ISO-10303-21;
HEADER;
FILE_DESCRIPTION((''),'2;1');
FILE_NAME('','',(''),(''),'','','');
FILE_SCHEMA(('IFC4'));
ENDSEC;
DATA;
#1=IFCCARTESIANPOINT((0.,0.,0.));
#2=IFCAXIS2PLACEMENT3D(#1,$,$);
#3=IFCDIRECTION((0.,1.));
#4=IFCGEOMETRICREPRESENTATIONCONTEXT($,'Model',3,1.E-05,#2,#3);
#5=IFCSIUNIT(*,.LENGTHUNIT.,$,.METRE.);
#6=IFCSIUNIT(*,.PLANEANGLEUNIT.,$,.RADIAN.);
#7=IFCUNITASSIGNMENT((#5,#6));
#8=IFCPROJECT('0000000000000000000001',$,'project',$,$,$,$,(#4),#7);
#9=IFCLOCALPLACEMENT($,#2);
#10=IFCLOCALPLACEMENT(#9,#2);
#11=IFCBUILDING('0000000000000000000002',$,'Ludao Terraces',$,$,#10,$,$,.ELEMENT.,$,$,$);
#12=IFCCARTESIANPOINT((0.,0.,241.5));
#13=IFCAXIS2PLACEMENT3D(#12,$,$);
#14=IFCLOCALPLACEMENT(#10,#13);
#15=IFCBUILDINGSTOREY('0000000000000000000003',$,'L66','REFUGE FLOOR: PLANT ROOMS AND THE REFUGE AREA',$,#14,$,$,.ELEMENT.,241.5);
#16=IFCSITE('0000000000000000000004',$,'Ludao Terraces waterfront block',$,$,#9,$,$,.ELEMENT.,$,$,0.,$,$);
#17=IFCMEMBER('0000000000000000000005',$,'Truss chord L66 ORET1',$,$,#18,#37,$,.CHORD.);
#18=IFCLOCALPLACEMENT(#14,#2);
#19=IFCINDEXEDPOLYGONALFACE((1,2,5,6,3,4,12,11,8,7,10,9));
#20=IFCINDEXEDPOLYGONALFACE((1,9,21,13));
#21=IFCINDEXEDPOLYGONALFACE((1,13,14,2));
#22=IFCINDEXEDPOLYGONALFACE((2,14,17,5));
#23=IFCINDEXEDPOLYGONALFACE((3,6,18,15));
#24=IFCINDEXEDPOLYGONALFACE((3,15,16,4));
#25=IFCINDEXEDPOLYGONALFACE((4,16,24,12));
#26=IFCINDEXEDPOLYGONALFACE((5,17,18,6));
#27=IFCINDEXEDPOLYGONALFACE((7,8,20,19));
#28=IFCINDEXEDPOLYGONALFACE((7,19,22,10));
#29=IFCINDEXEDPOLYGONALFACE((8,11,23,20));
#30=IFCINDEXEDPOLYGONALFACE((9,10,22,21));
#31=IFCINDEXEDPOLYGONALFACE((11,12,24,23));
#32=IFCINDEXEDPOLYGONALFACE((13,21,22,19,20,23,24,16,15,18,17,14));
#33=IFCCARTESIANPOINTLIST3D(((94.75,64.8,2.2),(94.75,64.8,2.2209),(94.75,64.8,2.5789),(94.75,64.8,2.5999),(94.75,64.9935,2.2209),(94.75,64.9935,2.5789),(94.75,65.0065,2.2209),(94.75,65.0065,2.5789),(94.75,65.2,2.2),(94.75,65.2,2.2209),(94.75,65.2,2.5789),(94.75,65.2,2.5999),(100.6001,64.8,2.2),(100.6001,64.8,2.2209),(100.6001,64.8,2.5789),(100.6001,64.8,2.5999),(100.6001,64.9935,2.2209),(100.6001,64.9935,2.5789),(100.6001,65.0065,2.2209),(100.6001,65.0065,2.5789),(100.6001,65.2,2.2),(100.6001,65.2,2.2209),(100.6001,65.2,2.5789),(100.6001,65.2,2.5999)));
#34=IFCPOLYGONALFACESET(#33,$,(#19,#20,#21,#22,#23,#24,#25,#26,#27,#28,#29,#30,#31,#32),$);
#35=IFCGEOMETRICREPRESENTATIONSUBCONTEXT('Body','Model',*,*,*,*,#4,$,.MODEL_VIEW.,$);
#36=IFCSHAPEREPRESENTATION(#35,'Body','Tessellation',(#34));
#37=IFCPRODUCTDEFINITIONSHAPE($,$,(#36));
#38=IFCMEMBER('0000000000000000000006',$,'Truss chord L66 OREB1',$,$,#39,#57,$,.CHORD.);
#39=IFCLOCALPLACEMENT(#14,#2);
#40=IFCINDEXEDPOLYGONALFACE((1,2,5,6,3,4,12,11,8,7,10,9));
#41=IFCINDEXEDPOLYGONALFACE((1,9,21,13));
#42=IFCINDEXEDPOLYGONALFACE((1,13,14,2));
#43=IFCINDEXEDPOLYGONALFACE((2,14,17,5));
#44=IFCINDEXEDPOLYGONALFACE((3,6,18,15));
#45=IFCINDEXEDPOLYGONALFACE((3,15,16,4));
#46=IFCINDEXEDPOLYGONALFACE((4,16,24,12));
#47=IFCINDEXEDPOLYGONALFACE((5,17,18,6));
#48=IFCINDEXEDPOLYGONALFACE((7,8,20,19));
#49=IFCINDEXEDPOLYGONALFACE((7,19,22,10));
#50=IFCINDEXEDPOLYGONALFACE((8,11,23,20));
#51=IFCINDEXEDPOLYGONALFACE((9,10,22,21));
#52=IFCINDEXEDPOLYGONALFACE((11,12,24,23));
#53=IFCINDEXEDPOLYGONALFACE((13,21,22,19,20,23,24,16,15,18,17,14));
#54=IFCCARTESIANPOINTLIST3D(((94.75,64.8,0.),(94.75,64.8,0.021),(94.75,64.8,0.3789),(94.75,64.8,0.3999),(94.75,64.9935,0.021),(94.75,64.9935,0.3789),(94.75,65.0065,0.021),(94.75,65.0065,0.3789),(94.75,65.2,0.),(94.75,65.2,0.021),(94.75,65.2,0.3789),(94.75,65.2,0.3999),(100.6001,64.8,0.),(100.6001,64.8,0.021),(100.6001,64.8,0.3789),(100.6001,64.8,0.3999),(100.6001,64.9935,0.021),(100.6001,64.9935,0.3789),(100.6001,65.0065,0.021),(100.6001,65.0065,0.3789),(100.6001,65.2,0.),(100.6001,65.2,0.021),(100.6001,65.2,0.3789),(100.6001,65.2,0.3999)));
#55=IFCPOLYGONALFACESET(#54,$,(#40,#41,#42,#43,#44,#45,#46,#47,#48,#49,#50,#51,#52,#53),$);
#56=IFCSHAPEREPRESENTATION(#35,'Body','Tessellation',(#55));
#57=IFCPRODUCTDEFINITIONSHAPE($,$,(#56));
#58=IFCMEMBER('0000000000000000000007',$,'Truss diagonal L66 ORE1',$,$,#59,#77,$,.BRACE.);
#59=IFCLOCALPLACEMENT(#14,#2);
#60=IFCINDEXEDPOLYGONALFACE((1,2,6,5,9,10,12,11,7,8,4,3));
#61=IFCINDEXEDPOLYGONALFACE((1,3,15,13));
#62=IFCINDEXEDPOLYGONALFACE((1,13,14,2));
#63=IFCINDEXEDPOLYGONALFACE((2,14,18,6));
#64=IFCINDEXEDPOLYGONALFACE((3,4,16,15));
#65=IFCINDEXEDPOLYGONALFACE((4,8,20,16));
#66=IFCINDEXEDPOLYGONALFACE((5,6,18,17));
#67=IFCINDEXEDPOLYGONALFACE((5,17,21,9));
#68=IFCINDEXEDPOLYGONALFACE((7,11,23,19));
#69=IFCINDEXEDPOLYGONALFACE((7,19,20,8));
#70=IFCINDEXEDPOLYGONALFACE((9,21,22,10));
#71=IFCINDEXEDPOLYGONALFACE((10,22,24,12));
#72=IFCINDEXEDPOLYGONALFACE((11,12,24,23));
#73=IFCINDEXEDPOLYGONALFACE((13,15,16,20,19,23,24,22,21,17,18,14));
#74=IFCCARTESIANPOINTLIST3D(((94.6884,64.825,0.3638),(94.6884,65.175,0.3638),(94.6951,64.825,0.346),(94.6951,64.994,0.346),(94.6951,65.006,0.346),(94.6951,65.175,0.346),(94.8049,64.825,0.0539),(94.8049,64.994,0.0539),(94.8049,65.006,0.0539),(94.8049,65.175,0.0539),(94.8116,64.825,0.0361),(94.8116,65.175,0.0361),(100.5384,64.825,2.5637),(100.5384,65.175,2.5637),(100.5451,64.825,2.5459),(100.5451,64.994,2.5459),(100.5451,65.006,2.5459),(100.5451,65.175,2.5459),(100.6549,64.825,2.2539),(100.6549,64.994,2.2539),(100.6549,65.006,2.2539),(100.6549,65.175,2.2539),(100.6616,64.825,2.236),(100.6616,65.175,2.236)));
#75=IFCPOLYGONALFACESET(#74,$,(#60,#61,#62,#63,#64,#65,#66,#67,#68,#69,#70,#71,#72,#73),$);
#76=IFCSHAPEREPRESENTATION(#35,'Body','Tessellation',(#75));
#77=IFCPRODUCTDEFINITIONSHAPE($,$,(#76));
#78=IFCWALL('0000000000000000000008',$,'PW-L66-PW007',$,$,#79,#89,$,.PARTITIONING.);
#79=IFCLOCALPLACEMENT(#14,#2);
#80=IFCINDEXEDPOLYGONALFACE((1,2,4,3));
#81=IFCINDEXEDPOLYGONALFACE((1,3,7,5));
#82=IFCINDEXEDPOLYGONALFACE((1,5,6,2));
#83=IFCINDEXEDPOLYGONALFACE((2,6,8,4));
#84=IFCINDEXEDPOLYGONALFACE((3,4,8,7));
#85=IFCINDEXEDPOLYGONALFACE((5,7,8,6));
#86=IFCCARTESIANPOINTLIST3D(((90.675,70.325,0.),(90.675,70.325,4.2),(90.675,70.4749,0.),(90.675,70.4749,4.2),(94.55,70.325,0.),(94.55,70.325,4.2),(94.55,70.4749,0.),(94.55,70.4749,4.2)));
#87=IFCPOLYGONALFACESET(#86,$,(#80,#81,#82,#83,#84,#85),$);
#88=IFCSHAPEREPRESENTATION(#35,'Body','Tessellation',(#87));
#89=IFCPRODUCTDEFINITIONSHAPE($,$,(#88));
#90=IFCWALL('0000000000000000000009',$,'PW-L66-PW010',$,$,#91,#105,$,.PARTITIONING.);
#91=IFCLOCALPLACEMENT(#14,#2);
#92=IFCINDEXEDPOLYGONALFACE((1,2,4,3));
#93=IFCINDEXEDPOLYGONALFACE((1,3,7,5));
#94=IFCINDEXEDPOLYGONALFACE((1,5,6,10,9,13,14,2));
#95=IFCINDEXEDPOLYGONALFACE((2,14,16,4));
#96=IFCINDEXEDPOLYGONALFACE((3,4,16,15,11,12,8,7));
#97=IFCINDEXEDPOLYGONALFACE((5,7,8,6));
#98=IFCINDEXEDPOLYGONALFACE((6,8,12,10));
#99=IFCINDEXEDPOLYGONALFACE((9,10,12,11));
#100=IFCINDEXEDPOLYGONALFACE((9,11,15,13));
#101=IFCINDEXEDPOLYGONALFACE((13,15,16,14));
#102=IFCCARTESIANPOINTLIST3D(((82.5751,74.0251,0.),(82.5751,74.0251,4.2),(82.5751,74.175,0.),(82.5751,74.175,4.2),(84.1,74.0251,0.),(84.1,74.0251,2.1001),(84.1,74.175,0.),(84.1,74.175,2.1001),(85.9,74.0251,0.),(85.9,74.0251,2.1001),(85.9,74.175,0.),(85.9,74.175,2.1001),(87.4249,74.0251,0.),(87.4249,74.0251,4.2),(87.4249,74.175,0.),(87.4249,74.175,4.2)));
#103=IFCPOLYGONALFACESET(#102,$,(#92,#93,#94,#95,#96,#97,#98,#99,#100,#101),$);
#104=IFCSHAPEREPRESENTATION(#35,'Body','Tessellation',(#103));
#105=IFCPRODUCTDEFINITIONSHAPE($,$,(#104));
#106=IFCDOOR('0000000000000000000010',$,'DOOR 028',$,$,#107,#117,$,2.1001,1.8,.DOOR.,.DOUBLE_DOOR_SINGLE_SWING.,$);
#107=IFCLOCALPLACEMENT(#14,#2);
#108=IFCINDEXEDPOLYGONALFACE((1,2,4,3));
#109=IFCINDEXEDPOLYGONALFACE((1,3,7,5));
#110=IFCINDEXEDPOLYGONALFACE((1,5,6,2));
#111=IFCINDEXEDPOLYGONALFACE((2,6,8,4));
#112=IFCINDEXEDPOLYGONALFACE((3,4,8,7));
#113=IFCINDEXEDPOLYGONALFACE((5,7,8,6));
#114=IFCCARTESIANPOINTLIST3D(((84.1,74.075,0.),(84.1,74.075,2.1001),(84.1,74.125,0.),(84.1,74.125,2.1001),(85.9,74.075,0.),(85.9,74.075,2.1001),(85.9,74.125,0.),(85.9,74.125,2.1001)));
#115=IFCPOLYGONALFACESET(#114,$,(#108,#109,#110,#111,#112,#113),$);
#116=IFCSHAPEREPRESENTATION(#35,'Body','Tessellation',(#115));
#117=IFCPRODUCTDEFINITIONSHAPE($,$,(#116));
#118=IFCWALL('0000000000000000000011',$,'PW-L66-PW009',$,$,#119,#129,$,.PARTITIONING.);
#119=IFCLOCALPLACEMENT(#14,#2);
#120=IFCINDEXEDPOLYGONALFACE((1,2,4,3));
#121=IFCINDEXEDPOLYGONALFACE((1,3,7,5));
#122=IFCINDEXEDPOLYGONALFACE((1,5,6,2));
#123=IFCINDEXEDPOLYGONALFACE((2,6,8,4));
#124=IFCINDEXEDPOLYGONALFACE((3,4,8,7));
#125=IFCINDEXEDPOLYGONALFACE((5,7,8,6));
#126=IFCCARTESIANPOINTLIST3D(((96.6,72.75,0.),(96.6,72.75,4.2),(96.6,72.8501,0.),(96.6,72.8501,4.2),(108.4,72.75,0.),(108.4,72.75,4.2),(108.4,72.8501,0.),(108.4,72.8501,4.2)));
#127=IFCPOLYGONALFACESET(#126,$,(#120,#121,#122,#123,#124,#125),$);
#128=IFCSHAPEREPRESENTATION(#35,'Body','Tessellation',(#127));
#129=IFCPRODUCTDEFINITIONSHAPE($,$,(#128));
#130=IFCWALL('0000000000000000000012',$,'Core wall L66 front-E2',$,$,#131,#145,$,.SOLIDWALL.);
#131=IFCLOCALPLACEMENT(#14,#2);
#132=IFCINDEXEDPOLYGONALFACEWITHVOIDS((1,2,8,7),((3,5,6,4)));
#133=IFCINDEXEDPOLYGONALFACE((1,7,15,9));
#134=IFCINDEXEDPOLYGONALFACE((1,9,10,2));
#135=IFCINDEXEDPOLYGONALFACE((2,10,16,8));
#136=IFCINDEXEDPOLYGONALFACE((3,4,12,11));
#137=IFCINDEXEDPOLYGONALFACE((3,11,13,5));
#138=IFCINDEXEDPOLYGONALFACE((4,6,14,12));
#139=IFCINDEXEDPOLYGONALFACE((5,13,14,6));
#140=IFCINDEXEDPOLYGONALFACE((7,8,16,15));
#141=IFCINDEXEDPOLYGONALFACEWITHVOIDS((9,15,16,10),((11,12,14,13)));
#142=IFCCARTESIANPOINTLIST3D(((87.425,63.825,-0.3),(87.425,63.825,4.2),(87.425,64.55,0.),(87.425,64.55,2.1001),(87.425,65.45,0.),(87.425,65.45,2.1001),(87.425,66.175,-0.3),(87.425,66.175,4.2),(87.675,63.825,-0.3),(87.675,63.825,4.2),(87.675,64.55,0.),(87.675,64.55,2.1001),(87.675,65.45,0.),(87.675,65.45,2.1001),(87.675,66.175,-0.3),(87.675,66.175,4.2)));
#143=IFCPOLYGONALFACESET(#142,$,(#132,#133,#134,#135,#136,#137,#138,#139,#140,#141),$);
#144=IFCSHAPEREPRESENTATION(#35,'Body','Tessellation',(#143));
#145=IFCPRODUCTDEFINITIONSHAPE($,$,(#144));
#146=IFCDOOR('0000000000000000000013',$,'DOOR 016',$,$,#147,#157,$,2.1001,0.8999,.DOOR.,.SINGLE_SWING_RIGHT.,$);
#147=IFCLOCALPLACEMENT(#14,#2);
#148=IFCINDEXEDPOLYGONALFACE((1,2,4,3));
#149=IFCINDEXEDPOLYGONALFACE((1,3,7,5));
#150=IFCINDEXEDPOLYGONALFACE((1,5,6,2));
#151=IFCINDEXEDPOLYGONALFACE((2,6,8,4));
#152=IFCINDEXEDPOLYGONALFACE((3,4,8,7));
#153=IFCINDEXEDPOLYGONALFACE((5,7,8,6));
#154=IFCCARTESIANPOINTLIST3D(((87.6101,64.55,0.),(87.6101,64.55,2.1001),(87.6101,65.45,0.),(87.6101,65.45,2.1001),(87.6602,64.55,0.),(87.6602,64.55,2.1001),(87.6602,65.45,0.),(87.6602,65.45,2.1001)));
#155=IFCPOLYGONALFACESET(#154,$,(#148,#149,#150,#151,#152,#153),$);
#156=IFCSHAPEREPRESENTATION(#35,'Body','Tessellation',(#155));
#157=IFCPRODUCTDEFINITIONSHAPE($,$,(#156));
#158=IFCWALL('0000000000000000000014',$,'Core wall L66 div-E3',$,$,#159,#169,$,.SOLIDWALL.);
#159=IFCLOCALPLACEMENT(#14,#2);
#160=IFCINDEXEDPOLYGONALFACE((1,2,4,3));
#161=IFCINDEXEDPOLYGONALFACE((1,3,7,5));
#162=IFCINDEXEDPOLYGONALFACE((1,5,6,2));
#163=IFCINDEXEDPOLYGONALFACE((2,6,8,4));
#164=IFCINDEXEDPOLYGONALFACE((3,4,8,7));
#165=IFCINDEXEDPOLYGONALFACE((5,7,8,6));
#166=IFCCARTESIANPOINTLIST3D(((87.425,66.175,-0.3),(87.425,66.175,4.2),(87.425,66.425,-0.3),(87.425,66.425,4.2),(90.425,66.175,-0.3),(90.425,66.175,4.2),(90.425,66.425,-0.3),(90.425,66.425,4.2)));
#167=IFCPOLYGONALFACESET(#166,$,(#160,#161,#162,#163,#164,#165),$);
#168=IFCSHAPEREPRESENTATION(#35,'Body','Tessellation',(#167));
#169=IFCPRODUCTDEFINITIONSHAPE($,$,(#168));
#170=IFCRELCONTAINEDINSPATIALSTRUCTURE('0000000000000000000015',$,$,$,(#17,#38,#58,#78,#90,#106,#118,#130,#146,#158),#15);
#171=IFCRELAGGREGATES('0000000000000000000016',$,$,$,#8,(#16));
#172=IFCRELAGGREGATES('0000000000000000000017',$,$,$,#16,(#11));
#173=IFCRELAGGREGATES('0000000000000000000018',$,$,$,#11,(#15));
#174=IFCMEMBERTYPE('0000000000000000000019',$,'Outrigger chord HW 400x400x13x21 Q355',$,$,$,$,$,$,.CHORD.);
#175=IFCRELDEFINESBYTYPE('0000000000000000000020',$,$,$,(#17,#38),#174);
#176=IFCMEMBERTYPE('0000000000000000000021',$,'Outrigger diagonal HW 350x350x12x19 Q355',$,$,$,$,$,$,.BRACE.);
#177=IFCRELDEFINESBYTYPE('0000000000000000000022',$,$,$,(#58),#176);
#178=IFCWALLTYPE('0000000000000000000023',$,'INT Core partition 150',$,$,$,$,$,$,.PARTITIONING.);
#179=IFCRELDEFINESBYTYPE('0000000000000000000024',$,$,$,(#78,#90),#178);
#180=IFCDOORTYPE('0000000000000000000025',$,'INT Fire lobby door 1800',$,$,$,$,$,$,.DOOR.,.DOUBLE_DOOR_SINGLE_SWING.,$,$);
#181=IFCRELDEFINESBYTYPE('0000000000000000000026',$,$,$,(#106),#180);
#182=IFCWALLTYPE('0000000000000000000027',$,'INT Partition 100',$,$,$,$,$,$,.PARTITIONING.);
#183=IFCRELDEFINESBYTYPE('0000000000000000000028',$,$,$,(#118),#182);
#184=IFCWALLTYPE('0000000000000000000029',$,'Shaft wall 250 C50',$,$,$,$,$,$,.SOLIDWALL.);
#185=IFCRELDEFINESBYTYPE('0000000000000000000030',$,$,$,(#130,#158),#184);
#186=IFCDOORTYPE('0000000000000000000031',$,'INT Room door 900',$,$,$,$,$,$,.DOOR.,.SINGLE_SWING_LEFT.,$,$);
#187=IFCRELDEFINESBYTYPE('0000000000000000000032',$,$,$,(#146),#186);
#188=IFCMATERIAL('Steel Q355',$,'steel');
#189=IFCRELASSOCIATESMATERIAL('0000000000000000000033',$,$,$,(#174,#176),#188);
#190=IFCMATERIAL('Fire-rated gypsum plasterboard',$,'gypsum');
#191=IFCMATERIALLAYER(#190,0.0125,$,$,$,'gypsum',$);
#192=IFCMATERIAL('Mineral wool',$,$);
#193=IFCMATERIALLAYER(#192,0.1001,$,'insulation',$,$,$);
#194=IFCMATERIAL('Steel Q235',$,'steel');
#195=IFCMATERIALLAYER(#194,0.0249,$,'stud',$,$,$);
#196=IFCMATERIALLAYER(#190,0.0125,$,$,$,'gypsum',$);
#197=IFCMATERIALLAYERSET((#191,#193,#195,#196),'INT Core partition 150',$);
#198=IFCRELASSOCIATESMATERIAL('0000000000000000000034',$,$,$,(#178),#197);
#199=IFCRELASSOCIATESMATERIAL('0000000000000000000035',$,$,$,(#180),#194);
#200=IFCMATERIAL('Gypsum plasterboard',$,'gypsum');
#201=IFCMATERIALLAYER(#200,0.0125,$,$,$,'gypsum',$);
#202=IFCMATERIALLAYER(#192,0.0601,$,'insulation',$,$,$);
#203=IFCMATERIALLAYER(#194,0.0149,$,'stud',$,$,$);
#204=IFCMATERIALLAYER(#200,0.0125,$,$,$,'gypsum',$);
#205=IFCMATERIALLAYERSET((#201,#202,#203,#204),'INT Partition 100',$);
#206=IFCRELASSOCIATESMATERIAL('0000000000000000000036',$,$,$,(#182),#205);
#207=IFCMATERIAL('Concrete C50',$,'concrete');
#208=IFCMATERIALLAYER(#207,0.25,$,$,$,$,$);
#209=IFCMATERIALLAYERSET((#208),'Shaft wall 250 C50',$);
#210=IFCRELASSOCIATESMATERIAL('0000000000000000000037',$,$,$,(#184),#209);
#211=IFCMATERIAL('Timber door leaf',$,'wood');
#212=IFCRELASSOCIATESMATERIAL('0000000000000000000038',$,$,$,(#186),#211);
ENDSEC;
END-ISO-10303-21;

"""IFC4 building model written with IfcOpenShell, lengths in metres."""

from ifc_helpers import new_model, si_unit, direction, frame, frame_2d, origin, origin_2d, place, context, subcontext, project, spatial, rectangle, i_section, extrude, material, layer, layer_set, material_profile, profile_set, type_object, element, fill, save


model = new_model("IFC4")

# Units and contexts
model_context = context("Model", 3, precision=1e-05, world=origin(), true_north=direction((0.0, 1.0)))
body_context = subcontext(model_context, "Body", "Model", "MODEL_VIEW")
ifc_project = project(units=[si_unit("LENGTHUNIT", "METRE"), si_unit("PLANEANGLEUNIT", "RADIAN")], contexts=[model_context])

# Site, building, storey
site_placement = place(None, origin())
site = spatial("IfcSite", under=ifc_project, at=site_placement, Name="Ludao Terraces waterfront block", CompositionType="ELEMENT", RefElevation=0.0)
building_placement = place(site_placement, origin())
building = spatial("IfcBuilding", under=site, at=building_placement, Name="Ludao Terraces", CompositionType="ELEMENT")
storey_placement = place(building_placement, frame((0.0, 0.0, 241.5)))
storey = spatial("IfcBuildingStorey", under=building, at=storey_placement, Name="L66", Description="REFUGE FLOOR: PLANT ROOMS AND THE REFUGE AREA", CompositionType="ELEMENT", Elevation=241.5)

# Members
ifc_material_1 = material(Name="Steel Q355", Category="steel")
ifc_material_profile_1 = material_profile(ifc_material_1, i_section(OverallWidth=0.3999, OverallDepth=0.3999, WebThickness=0.0129, FlangeThickness=0.021, at=origin_2d()), Name="HW 400X400X13X21")
ifc_profile_set_1 = profile_set([ifc_material_profile_1], Name="Steel Q355")
member_type_1 = type_object("IfcMemberType", Name="Outrigger chord HW 400x400x13x21 Q355", PredefinedType="CHORD", material=ifc_profile_set_1)
for number, where, z_axis, x_axis, name in (
    (1, (94.75, 65.0, 2.3999), (1.0, 0.0, 0.0), (0.0, 1.0, 0.0), "Truss chord L66 ORET1"),
    (2, (94.75, 65.0, 0.2), (1.0, 0.0, 0.0), (0.0, 1.0, 0.0), "Truss chord L66 OREB1"),
):
    element("IfcMember", number, at=place(storey_placement, frame(where, z_axis=z_axis, x_axis=x_axis)), inside=storey, type_object=member_type_1, Name=name, PredefinedType="CHORD", context=body_context, shape_type="SweptSolid", body=[
        extrude(i_section(OverallWidth=0.3999, OverallDepth=0.3999, WebThickness=0.0129, FlangeThickness=0.021, at=origin_2d()), origin(), (0.0, 0.0, 1.0), 5.8501),
    ])
ifc_material_profile_2 = material_profile(ifc_material_1, i_section(OverallWidth=0.3501, OverallDepth=0.3501, WebThickness=0.012, FlangeThickness=0.019, at=origin_2d()), Name="HW 350X350X12X19")
ifc_profile_set_2 = profile_set([ifc_material_profile_2], Name="Steel Q355")
member_type_2 = type_object("IfcMemberType", Name="Outrigger diagonal HW 350x350x12x19 Q355", PredefinedType="BRACE", material=ifc_profile_set_2)
member_placement = place(storey_placement, frame((94.75, 65.0, 0.2), z_axis=(0.936005, 0.0, 0.351988), x_axis=(0.0, 1.0, 0.0)))
element("IfcMember", 3, at=member_placement, inside=storey, type_object=member_type_2, Name="Truss diagonal L66 ORE1", PredefinedType="BRACE", context=body_context, shape_type="SweptSolid", body=[
    extrude(i_section(OverallWidth=0.3501, OverallDepth=0.3501, WebThickness=0.012, FlangeThickness=0.019, at=origin_2d()), origin(), (0.0, 0.0, 1.0), 6.25),
])

# Wall
ifc_material_2 = material(Name="Fire-rated gypsum plasterboard", Category="gypsum")
ifc_layer_1 = layer(ifc_material_2, 0.0125, Category="gypsum")
ifc_material_3 = material(Name="Mineral wool")
ifc_layer_2 = layer(ifc_material_3, 0.1001, Name="insulation")
ifc_material_4 = material(Name="Steel Q235", Category="steel")
ifc_layer_3 = layer(ifc_material_4, 0.0249, Name="stud")
ifc_layer_4 = layer(ifc_material_2, 0.0125, Category="gypsum")
ifc_layer_set_1 = layer_set([ifc_layer_1, ifc_layer_2, ifc_layer_3, ifc_layer_4], Name="INT Core partition 150")
wall_type_1 = type_object("IfcWallType", Name="INT Core partition 150", PredefinedType="PARTITIONING", material=ifc_layer_set_1)
wall_1_placement = place(storey_placement, frame((90.675, 70.3999, 0.0), z_axis=(0.0, 0.0, 1.0), x_axis=(1.0, 0.0, 0.0)))
element("IfcWall", 4, at=wall_1_placement, inside=storey, type_object=wall_type_1, Name="PW-L66-PW007", PredefinedType="PARTITIONING", context=body_context, shape_type="SweptSolid", body=[
    extrude(rectangle(XDim=3.875, YDim=0.1499, at=frame_2d((1.9375, 0.0))), origin(), (0.0, 0.0, 1.0), 4.2),
])

# Wall, opening, door
wall_2_placement = place(storey_placement, frame((82.5752, 74.1001, 0.0), z_axis=(0.0, 0.0, 1.0), x_axis=(1.0, 0.0, 0.0)))
wall_2 = element("IfcWall", 5, at=wall_2_placement, inside=storey, type_object=wall_type_1, Name="PW-L66-PW010", PredefinedType="PARTITIONING", context=body_context, shape_type="SweptSolid", body=[
    extrude(rectangle(XDim=4.8499, YDim=0.1499, at=frame_2d((2.4248, 0.0))), origin(), (0.0, 0.0, 1.0), 4.2),
])
opening_1_placement = place(wall_2_placement, frame((1.5249, 0.0, 0.0)))
opening_1 = element("IfcOpeningElement", 6, at=opening_1_placement, cuts=wall_2, PredefinedType="OPENING", context=body_context, shape_type="SweptSolid", body=[
    extrude(rectangle(XDim=1.8, YDim=2.1001, at=frame_2d((0.8999, 1.05))), frame((0.0, 0.085, 0.0), z_axis=(0.0, -1.0, 0.0), x_axis=(1.0, 0.0, 0.0)), (0.0, 0.0, 1.0), 0.1699),
])
door_type_1 = type_object("IfcDoorType", Name="INT Fire lobby door 1800", OperationType="DOUBLE_DOOR_SINGLE_SWING", PredefinedType="DOOR", material=ifc_material_4)
door_1_placement = place(opening_1_placement, origin())
door_1 = element("IfcDoor", 7, at=door_1_placement, inside=storey, type_object=door_type_1, Name="DOOR 028", OperationType="DOUBLE_DOOR_SINGLE_SWING", OverallHeight=2.1001, OverallWidth=1.8, PredefinedType="DOOR", context=body_context, shape_type="SweptSolid", body=[
    extrude(rectangle(XDim=1.8, YDim=2.1001, at=frame_2d((0.8999, 1.05))), frame((0.0, 0.0249, 0.0), z_axis=(0.0, -1.0, 0.0), x_axis=(1.0, 0.0, 0.0)), (0.0, 0.0, 1.0), 0.05),
])
fill(opening_1, door_1)

# Wall
ifc_material_5 = material(Name="Gypsum plasterboard", Category="gypsum")
ifc_layer_5 = layer(ifc_material_5, 0.0125, Category="gypsum")
ifc_layer_6 = layer(ifc_material_3, 0.0601, Name="insulation")
ifc_layer_7 = layer(ifc_material_4, 0.0149, Name="stud")
ifc_layer_8 = layer(ifc_material_5, 0.0125, Category="gypsum")
ifc_layer_set_2 = layer_set([ifc_layer_5, ifc_layer_6, ifc_layer_7, ifc_layer_8], Name="INT Partition 100")
wall_type_2 = type_object("IfcWallType", Name="INT Partition 100", PredefinedType="PARTITIONING", material=ifc_layer_set_2)
wall_3_placement = place(storey_placement, frame((96.6001, 72.8, 0.0), z_axis=(0.0, 0.0, 1.0), x_axis=(1.0, 0.0, 0.0)))
element("IfcWall", 8, at=wall_3_placement, inside=storey, type_object=wall_type_2, Name="PW-L66-PW009", PredefinedType="PARTITIONING", context=body_context, shape_type="SweptSolid", body=[
    extrude(rectangle(XDim=11.8, YDim=0.1001, at=frame_2d((5.8999, 0.0))), origin(), (0.0, 0.0, 1.0), 4.2),
])

# Wall, opening, door
ifc_material_6 = material(Name="Concrete C50", Category="concrete")
ifc_layer_9 = layer(ifc_material_6, 0.25)
ifc_layer_set_3 = layer_set([ifc_layer_9], Name="Shaft wall 250 C50")
wall_type_3 = type_object("IfcWallType", Name="Shaft wall 250 C50", PredefinedType="SOLIDWALL", material=ifc_layer_set_3)
wall_4_placement = place(storey_placement, frame((87.55, 63.825, -0.3), z_axis=(0.0, 0.0, 1.0), x_axis=(0.0, 1.0, 0.0)))
wall_4 = element("IfcWall", 9, at=wall_4_placement, inside=storey, type_object=wall_type_3, Name="Core wall L66 front-E2", PredefinedType="SOLIDWALL", context=body_context, shape_type="SweptSolid", body=[
    extrude(rectangle(XDim=2.3501, YDim=0.25, at=frame_2d((1.175, 0.0))), origin(), (0.0, 0.0, 1.0), 4.5),
])
opening_2_placement = place(wall_4_placement, frame((0.7251, 0.0, 0.3)))
opening_2 = element("IfcOpeningElement", 10, at=opening_2_placement, cuts=wall_4, PredefinedType="OPENING", context=body_context, shape_type="SweptSolid", body=[
    extrude(rectangle(XDim=0.8999, YDim=2.1001, at=frame_2d((0.45, 1.05))), frame((0.0, 0.135, 0.0), z_axis=(0.0, -1.0, 0.0), x_axis=(1.0, 0.0, 0.0)), (0.0, 0.0, 1.0), 0.27),
])
ifc_material_7 = material(Name="Timber door leaf", Category="wood")
door_type_2 = type_object("IfcDoorType", Name="INT Room door 900", OperationType="SINGLE_SWING_LEFT", PredefinedType="DOOR", material=ifc_material_7)
door_2_placement = place(opening_2_placement, origin())
door_2 = element("IfcDoor", 11, at=door_2_placement, inside=storey, type_object=door_type_2, Name="DOOR 016", OperationType="SINGLE_SWING_RIGHT", OverallHeight=2.1001, OverallWidth=0.8999, PredefinedType="DOOR", context=body_context, shape_type="SweptSolid", body=[
    extrude(rectangle(XDim=0.8999, YDim=2.1001, at=frame_2d((0.45, 1.05))), frame((0.0, -0.0601, 0.0), z_axis=(0.0, -1.0, 0.0), x_axis=(1.0, 0.0, 0.0)), (0.0, 0.0, 1.0), 0.05),
])
fill(opening_2, door_2)

# Wall
wall_5_placement = place(storey_placement, frame((87.425, 66.3, -0.3), z_axis=(0.0, 0.0, 1.0), x_axis=(1.0, 0.0, 0.0)))
element("IfcWall", 12, at=wall_5_placement, inside=storey, type_object=wall_type_3, Name="Core wall L66 div-E3", PredefinedType="SOLIDWALL", context=body_context, shape_type="SweptSolid", body=[
    extrude(rectangle(XDim=3.0, YDim=0.25, at=frame_2d((1.5, 0.0))), origin(), (0.0, 0.0, 1.0), 4.5),
])

save(model, "model.ifc")
